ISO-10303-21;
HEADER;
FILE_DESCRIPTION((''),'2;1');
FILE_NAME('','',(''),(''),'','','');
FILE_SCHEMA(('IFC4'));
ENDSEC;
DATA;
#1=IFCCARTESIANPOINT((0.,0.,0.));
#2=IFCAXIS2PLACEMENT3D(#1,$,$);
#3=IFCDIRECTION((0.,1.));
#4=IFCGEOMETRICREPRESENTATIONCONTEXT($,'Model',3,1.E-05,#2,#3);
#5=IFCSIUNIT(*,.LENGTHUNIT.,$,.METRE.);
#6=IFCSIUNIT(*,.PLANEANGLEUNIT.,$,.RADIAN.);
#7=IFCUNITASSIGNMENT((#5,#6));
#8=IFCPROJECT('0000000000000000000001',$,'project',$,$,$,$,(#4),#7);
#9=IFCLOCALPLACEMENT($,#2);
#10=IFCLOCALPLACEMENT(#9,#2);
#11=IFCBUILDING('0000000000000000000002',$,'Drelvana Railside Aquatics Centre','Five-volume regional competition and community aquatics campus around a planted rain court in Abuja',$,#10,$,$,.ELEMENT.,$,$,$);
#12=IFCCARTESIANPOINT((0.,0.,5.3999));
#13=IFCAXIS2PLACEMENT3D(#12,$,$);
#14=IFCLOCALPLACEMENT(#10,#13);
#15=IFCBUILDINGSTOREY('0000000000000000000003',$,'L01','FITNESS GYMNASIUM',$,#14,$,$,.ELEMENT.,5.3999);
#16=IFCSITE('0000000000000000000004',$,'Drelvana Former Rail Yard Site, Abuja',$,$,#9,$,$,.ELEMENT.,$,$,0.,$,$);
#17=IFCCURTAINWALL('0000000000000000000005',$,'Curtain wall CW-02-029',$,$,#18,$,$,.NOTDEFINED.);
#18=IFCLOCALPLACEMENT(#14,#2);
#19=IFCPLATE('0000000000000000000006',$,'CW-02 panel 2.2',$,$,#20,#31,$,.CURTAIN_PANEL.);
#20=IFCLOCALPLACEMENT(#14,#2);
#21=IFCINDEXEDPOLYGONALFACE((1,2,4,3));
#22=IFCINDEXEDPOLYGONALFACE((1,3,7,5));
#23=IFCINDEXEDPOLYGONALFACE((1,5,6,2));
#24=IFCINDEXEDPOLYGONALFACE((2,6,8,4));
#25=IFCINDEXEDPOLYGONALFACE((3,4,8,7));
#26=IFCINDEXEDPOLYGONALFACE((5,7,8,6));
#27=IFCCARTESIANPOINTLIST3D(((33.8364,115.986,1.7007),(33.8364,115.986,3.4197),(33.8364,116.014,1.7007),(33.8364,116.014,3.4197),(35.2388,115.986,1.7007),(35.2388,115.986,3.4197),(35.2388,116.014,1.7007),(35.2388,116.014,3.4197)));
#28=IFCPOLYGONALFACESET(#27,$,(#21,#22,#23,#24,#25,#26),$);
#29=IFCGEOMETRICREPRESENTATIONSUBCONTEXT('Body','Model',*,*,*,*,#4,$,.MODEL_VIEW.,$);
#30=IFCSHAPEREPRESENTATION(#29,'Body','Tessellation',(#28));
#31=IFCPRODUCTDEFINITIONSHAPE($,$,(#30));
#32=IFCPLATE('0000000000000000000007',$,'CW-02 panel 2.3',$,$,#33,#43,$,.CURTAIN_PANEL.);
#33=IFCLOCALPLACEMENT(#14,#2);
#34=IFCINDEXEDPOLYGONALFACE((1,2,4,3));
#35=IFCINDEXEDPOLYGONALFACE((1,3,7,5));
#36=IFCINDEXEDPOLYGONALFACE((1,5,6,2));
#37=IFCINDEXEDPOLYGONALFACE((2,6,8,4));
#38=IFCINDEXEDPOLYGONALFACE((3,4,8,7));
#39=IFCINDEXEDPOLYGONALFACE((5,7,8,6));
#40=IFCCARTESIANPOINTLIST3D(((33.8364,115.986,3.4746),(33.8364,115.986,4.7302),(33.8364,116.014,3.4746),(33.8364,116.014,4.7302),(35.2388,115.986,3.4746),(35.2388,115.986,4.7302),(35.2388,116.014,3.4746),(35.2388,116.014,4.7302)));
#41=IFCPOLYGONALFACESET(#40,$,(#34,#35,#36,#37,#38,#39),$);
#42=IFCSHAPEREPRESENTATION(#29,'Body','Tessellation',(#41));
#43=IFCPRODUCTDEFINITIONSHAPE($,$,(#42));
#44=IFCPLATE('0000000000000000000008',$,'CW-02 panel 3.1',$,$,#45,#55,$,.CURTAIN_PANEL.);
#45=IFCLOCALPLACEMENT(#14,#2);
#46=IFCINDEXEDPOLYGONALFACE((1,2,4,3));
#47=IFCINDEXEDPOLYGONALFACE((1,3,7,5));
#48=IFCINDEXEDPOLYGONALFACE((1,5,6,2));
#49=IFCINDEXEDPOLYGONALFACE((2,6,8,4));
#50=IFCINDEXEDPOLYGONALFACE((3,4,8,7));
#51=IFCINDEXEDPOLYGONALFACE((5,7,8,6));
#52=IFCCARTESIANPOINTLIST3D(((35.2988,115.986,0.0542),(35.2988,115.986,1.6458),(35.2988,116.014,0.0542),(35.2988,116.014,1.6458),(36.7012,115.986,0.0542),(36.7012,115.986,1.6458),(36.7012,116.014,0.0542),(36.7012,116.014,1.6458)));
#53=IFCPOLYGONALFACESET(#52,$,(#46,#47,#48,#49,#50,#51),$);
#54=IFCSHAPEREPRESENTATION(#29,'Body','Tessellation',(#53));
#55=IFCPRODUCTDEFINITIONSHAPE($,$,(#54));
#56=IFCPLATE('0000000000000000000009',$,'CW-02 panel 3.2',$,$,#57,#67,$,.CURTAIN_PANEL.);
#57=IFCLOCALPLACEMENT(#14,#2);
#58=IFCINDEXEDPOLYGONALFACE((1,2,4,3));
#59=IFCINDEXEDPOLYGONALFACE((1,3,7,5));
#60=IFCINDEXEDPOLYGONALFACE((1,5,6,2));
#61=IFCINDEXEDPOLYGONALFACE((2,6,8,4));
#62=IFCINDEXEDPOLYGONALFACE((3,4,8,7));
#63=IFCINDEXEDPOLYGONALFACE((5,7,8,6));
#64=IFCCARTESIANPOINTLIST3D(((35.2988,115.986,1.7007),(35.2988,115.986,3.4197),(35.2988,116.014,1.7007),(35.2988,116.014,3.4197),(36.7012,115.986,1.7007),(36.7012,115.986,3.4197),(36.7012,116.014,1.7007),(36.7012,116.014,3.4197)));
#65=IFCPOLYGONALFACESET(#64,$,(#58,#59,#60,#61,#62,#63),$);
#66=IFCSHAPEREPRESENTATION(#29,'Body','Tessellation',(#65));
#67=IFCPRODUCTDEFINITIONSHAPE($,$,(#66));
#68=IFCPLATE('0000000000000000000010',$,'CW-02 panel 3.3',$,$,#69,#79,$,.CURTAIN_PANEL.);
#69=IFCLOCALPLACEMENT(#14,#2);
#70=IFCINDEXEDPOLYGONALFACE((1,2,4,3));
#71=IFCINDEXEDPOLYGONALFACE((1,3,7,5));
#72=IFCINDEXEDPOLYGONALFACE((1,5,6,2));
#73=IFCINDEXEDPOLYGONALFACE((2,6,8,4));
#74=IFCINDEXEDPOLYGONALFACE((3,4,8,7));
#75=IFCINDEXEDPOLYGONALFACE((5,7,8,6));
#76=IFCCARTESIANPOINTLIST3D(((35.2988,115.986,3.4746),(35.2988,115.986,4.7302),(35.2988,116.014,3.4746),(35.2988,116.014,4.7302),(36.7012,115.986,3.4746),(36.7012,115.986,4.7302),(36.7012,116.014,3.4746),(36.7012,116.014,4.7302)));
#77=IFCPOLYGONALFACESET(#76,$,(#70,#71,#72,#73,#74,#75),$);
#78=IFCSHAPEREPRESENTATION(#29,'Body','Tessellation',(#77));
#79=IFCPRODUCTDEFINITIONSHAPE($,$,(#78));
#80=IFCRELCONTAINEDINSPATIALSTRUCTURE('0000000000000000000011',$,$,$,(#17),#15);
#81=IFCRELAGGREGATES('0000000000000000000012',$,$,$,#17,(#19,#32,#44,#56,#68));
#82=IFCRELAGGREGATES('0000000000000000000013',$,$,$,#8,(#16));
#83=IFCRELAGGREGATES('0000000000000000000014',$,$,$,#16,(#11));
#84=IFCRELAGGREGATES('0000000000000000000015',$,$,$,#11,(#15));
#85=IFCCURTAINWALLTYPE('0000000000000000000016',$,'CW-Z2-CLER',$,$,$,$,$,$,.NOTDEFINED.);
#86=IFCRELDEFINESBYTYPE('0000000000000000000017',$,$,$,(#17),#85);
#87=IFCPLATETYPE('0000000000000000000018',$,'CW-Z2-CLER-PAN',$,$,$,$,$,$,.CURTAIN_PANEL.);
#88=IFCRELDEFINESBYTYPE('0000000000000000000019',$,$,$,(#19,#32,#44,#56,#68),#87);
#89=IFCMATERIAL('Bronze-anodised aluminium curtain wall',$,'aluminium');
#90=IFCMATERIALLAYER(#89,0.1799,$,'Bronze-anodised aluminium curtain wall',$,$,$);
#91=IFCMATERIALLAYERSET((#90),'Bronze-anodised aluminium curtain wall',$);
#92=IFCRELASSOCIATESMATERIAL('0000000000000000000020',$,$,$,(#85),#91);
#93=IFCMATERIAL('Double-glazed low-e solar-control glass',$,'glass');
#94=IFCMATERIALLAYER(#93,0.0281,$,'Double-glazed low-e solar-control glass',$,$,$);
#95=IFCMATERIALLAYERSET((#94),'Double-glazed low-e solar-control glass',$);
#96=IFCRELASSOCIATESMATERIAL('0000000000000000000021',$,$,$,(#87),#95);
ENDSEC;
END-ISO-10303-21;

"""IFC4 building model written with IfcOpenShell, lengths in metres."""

from ifc_helpers import new_model, si_unit, direction, frame, origin, origin_2d, place, context, subcontext, project, spatial, rectangle, extrude, material, layer, layer_set, type_object, element, aggregate, save


model = new_model("IFC4")

# Units and contexts
model_context = context("Model", 3, precision=1e-05, world=origin(), true_north=direction((0.0, 1.0)))
body_context = subcontext(model_context, "Body", "Model", "MODEL_VIEW")
ifc_project = project(units=[si_unit("LENGTHUNIT", "METRE"), si_unit("PLANEANGLEUNIT", "RADIAN")], contexts=[model_context])

# Site, building, storey
site_placement = place(None, origin())
site = spatial("IfcSite", under=ifc_project, at=site_placement, Name="Drelvana Former Rail Yard Site, Abuja", CompositionType="ELEMENT", RefElevation=0.0)
building_placement = place(site_placement, origin())
building = spatial("IfcBuilding", under=site, at=building_placement, Name="Drelvana Railside Aquatics Centre", Description="Five-volume regional competition and community aquatics campus around a planted rain court in Abuja", CompositionType="ELEMENT")
storey_placement = place(building_placement, frame((0.0, 0.0, 5.3999)))
storey = spatial("IfcBuildingStorey", under=building, at=storey_placement, Name="L01", Description="FITNESS GYMNASIUM", CompositionType="ELEMENT", Elevation=5.3999)

# Curtain wall
ifc_material_1 = material(Name="Bronze-anodised aluminium curtain wall", Category="aluminium")
ifc_layer_1 = layer(ifc_material_1, 0.1799, Name="Bronze-anodised aluminium curtain wall")
ifc_layer_set_1 = layer_set([ifc_layer_1], Name="Bronze-anodised aluminium curtain wall")
curtain_wall_type = type_object("IfcCurtainWallType", Name="CW-Z2-CLER", PredefinedType="NOTDEFINED", material=ifc_layer_set_1)
curtain_wall_placement = place(storey_placement, origin())
curtain_wall = element("IfcCurtainWall", 1, at=curtain_wall_placement, inside=storey, type_object=curtain_wall_type, Name="Curtain wall CW-02-029", PredefinedType="NOTDEFINED")

# Plates
ifc_material_2 = material(Name="Double-glazed low-e solar-control glass", Category="glass")
ifc_layer_2 = layer(ifc_material_2, 0.0281, Name="Double-glazed low-e solar-control glass")
ifc_layer_set_2 = layer_set([ifc_layer_2], Name="Double-glazed low-e solar-control glass")
plate_type = type_object("IfcPlateType", Name="CW-Z2-CLER-PAN", PredefinedType="CURTAIN_PANEL", material=ifc_layer_set_2)
plate_1_placement = place(storey_placement, frame((34.5376, 116.0, 1.7007), z_axis=(0.0, 0.0, 1.0), x_axis=(1.0, 0.0, 0.0)))
plate_1 = element("IfcPlate", 2, at=plate_1_placement, type_object=plate_type, Name="CW-02 panel 2.2", PredefinedType="CURTAIN_PANEL", context=body_context, shape_type="SweptSolid", body=[
    extrude(rectangle(XDim=1.4023, YDim=0.0281, at=origin_2d()), origin(), (0.0, 0.0, 1.0), 1.719),
])
plate_2_placement = place(storey_placement, frame((34.5376, 116.0, 3.4746), z_axis=(0.0, 0.0, 1.0), x_axis=(1.0, 0.0, 0.0)))
plate_2 = element("IfcPlate", 3, at=plate_2_placement, type_object=plate_type, Name="CW-02 panel 2.3", PredefinedType="CURTAIN_PANEL", context=body_context, shape_type="SweptSolid", body=[
    extrude(rectangle(XDim=1.4023, YDim=0.0281, at=origin_2d()), origin(), (0.0, 0.0, 1.0), 1.2556),
])
plate_3_placement = place(storey_placement, frame((36.0, 116.0, 0.0542), z_axis=(0.0, 0.0, 1.0), x_axis=(1.0, 0.0, 0.0)))
plate_3 = element("IfcPlate", 4, at=plate_3_placement, type_object=plate_type, Name="CW-02 panel 3.1", PredefinedType="CURTAIN_PANEL", context=body_context, shape_type="SweptSolid", body=[
    extrude(rectangle(XDim=1.4023, YDim=0.0281, at=origin_2d()), origin(), (0.0, 0.0, 1.0), 1.5916),
])
plate_4_placement = place(storey_placement, frame((36.0, 116.0, 1.7007), z_axis=(0.0, 0.0, 1.0), x_axis=(1.0, 0.0, 0.0)))
plate_4 = element("IfcPlate", 5, at=plate_4_placement, type_object=plate_type, Name="CW-02 panel 3.2", PredefinedType="CURTAIN_PANEL", context=body_context, shape_type="SweptSolid", body=[
    extrude(rectangle(XDim=1.4023, YDim=0.0281, at=origin_2d()), origin(), (0.0, 0.0, 1.0), 1.719),
])
plate_5_placement = place(storey_placement, frame((36.0, 116.0, 3.4746), z_axis=(0.0, 0.0, 1.0), x_axis=(1.0, 0.0, 0.0)))
plate_5 = element("IfcPlate", 6, at=plate_5_placement, type_object=plate_type, Name="CW-02 panel 3.3", PredefinedType="CURTAIN_PANEL", context=body_context, shape_type="SweptSolid", body=[
    extrude(rectangle(XDim=1.4023, YDim=0.0281, at=origin_2d()), origin(), (0.0, 0.0, 1.0), 1.2556),
])
aggregate(curtain_wall, [plate_1, plate_2, plate_3, plate_4, plate_5])

save(model, "model.ifc")
